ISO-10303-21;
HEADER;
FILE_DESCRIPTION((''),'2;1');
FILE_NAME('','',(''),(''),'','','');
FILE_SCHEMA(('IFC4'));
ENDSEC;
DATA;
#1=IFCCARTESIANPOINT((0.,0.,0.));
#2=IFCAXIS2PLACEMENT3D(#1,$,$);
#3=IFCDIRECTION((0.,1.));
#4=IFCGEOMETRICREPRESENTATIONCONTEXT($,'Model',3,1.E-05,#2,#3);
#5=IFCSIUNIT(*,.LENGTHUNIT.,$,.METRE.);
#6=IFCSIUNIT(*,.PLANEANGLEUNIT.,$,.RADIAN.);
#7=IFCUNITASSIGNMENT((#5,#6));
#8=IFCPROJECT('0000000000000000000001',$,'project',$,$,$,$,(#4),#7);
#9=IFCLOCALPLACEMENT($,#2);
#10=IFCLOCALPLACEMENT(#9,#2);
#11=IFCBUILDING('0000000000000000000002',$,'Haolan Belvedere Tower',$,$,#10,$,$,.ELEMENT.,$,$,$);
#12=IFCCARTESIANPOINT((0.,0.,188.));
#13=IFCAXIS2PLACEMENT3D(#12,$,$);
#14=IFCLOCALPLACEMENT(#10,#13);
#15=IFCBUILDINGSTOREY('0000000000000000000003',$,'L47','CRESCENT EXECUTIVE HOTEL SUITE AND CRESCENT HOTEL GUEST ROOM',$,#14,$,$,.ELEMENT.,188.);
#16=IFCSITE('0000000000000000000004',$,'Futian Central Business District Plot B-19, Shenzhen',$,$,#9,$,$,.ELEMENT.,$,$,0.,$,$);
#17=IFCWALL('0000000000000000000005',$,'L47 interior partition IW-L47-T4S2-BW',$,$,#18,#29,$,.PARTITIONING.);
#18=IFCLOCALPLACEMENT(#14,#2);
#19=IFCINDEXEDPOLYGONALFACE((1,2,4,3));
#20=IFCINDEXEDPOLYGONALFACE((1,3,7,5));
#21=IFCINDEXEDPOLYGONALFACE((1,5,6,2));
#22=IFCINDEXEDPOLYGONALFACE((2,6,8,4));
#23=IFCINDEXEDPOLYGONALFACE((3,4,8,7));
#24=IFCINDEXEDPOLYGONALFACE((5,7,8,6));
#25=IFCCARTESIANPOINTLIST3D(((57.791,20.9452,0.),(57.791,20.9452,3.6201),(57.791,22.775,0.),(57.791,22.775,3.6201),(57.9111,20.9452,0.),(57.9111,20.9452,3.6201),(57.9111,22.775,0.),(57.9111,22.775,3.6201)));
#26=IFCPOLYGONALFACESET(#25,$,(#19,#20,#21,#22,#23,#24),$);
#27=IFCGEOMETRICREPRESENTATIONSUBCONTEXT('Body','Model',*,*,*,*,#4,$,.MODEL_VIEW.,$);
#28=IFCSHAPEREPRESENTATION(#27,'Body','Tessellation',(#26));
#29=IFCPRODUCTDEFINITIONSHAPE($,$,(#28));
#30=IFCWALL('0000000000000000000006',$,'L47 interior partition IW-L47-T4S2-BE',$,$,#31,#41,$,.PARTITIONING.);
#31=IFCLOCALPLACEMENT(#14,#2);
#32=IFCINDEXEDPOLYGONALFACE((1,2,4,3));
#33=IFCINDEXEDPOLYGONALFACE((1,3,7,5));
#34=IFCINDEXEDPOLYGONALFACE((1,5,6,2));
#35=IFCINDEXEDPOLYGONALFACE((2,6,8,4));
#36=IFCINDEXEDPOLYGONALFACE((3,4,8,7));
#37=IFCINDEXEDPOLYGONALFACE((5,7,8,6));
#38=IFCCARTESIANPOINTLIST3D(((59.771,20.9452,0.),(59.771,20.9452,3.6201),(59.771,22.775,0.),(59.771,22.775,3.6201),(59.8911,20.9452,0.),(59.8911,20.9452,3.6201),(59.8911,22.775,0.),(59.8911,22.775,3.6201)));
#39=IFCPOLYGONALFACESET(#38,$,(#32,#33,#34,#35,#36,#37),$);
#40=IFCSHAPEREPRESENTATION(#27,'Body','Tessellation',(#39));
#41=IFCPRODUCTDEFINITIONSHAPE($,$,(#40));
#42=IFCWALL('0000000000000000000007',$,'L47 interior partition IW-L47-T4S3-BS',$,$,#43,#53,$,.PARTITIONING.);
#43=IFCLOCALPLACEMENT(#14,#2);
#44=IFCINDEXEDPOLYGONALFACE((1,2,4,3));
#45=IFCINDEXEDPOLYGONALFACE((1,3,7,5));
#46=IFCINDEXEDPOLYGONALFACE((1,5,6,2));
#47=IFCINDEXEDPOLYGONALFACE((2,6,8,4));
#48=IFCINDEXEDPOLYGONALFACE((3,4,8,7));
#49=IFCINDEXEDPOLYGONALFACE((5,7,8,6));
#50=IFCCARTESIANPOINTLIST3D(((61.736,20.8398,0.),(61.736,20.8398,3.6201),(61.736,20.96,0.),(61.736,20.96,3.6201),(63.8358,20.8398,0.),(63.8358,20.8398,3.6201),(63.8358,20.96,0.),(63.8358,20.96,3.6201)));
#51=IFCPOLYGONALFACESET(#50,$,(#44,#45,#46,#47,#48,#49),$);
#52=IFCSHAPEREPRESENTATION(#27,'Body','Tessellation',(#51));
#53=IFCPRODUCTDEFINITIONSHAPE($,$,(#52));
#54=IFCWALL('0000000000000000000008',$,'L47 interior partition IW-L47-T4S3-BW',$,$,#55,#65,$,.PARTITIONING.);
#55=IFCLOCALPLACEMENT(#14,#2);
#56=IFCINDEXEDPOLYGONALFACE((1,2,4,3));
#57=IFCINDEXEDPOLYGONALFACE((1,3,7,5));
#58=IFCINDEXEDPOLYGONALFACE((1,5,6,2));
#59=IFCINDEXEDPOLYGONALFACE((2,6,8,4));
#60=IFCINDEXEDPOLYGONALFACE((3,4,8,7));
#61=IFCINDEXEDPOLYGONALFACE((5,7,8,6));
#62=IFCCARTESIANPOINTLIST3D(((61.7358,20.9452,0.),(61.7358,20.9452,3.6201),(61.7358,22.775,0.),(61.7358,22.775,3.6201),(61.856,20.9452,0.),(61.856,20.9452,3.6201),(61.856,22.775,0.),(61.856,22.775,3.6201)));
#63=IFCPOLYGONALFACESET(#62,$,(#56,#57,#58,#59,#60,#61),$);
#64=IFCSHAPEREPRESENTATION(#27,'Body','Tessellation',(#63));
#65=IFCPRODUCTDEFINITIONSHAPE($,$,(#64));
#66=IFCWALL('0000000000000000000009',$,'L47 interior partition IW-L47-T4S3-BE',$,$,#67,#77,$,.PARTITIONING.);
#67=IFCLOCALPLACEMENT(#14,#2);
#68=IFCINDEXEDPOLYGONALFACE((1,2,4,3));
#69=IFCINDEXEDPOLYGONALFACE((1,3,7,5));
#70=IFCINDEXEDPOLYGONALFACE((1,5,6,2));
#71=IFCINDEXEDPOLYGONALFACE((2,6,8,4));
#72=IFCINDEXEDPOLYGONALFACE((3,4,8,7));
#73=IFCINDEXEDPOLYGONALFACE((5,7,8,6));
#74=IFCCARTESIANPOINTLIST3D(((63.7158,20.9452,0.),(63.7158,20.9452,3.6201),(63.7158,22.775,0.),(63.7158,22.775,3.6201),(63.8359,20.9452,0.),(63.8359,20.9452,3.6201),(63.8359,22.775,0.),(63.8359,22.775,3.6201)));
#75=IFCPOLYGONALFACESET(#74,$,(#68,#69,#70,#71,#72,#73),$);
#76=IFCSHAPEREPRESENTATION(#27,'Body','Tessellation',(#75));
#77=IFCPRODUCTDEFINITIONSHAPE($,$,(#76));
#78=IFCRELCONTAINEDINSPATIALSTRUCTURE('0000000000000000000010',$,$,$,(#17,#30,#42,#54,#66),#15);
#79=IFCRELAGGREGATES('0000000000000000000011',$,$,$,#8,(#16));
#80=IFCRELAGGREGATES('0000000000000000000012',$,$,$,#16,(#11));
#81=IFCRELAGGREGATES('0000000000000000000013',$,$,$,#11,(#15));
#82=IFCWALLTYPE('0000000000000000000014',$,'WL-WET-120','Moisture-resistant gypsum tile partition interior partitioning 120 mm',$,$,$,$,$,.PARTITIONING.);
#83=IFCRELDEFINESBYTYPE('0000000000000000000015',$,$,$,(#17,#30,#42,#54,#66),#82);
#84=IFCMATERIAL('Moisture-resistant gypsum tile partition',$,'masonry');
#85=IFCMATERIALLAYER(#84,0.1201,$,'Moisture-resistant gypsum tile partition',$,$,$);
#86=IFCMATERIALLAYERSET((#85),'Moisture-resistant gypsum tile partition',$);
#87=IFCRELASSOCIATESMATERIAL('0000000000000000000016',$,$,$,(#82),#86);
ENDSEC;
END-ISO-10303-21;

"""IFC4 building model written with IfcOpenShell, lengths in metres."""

from ifc_helpers import new_model, si_unit, direction, frame, frame_2d, origin, place, context, subcontext, project, spatial, rectangle, extrude, material, layer, layer_set, type_object, element, save


model = new_model("IFC4")

# Units and contexts
model_context = context("Model", 3, precision=1e-05, world=origin(), true_north=direction((0.0, 1.0)))
body_context = subcontext(model_context, "Body", "Model", "MODEL_VIEW")
ifc_project = project(units=[si_unit("LENGTHUNIT", "METRE"), si_unit("PLANEANGLEUNIT", "RADIAN")], contexts=[model_context])

# Site, building, storey
site_placement = place(None, origin())
site = spatial("IfcSite", under=ifc_project, at=site_placement, Name="Futian Central Business District Plot B-19, Shenzhen", CompositionType="ELEMENT", RefElevation=0.0)
building_placement = place(site_placement, origin())
building = spatial("IfcBuilding", under=site, at=building_placement, Name="Haolan Belvedere Tower", CompositionType="ELEMENT")
storey_placement = place(building_placement, frame((0.0, 0.0, 188.0)))
storey = spatial("IfcBuildingStorey", under=building, at=storey_placement, Name="L47", Description="CRESCENT EXECUTIVE HOTEL SUITE AND CRESCENT HOTEL GUEST ROOM", CompositionType="ELEMENT", Elevation=188.0)

# Shared definitions
ifc_material_1 = material(Name="Moisture-resistant gypsum tile partition", Category="masonry")
ifc_layer_1 = layer(ifc_material_1, 0.1201, Name="Moisture-resistant gypsum tile partition")
ifc_layer_set_1 = layer_set([ifc_layer_1], Name="Moisture-resistant gypsum tile partition")
wall_type_1 = type_object("IfcWallType", Name="WL-WET-120", Description="Moisture-resistant gypsum tile partition interior partitioning 120 mm", PredefinedType="PARTITIONING", material=ifc_layer_set_1)

# Walls
for number, where, z_axis, x_axis, name in (
    (1, (57.8511, 20.9451, 0.0), (0.0, 0.0, 1.0), (0.0, 1.0, 0.0), "L47 interior partition IW-L47-T4S2-BW"),
    (2, (59.8311, 20.9451, 0.0), (0.0, 0.0, 1.0), (0.0, 1.0, 0.0), "L47 interior partition IW-L47-T4S2-BE"),
):
    element("IfcWall", number, at=place(storey_placement, frame(where, z_axis=z_axis, x_axis=x_axis)), inside=storey, type_object=wall_type_1, Name=name, PredefinedType="PARTITIONING", context=body_context, shape_type="SweptSolid", body=[
        extrude(rectangle(XDim=1.8298, YDim=0.1201, at=frame_2d((0.915, 0.0))), origin(), (0.0, 0.0, 1.0), 3.6201),
    ])
wall_1_placement = place(storey_placement, frame((61.7361, 20.8999, 0.0), z_axis=(0.0, 0.0, 1.0), x_axis=(1.0, 0.0, 0.0)))
element("IfcWall", 3, at=wall_1_placement, inside=storey, type_object=wall_type_1, Name="L47 interior partition IW-L47-T4S3-BS", PredefinedType="PARTITIONING", context=body_context, shape_type="SweptSolid", body=[
    extrude(rectangle(XDim=2.0999, YDim=0.1201, at=frame_2d((1.0498, 0.0))), origin(), (0.0, 0.0, 1.0), 3.6201),
])
for number, where, z_axis, x_axis, name in (
    (4, (61.7959, 20.9451, 0.0), (0.0, 0.0, 1.0), (0.0, 1.0, 0.0), "L47 interior partition IW-L47-T4S3-BW"),
    (5, (63.7759, 20.9451, 0.0), (0.0, 0.0, 1.0), (0.0, 1.0, 0.0), "L47 interior partition IW-L47-T4S3-BE"),
):
    element("IfcWall", number, at=place(storey_placement, frame(where, z_axis=z_axis, x_axis=x_axis)), inside=storey, type_object=wall_type_1, Name=name, PredefinedType="PARTITIONING", context=body_context, shape_type="SweptSolid", body=[
        extrude(rectangle(XDim=1.8298, YDim=0.1201, at=frame_2d((0.915, 0.0))), origin(), (0.0, 0.0, 1.0), 3.6201),
    ])

save(model, "model.ifc")
